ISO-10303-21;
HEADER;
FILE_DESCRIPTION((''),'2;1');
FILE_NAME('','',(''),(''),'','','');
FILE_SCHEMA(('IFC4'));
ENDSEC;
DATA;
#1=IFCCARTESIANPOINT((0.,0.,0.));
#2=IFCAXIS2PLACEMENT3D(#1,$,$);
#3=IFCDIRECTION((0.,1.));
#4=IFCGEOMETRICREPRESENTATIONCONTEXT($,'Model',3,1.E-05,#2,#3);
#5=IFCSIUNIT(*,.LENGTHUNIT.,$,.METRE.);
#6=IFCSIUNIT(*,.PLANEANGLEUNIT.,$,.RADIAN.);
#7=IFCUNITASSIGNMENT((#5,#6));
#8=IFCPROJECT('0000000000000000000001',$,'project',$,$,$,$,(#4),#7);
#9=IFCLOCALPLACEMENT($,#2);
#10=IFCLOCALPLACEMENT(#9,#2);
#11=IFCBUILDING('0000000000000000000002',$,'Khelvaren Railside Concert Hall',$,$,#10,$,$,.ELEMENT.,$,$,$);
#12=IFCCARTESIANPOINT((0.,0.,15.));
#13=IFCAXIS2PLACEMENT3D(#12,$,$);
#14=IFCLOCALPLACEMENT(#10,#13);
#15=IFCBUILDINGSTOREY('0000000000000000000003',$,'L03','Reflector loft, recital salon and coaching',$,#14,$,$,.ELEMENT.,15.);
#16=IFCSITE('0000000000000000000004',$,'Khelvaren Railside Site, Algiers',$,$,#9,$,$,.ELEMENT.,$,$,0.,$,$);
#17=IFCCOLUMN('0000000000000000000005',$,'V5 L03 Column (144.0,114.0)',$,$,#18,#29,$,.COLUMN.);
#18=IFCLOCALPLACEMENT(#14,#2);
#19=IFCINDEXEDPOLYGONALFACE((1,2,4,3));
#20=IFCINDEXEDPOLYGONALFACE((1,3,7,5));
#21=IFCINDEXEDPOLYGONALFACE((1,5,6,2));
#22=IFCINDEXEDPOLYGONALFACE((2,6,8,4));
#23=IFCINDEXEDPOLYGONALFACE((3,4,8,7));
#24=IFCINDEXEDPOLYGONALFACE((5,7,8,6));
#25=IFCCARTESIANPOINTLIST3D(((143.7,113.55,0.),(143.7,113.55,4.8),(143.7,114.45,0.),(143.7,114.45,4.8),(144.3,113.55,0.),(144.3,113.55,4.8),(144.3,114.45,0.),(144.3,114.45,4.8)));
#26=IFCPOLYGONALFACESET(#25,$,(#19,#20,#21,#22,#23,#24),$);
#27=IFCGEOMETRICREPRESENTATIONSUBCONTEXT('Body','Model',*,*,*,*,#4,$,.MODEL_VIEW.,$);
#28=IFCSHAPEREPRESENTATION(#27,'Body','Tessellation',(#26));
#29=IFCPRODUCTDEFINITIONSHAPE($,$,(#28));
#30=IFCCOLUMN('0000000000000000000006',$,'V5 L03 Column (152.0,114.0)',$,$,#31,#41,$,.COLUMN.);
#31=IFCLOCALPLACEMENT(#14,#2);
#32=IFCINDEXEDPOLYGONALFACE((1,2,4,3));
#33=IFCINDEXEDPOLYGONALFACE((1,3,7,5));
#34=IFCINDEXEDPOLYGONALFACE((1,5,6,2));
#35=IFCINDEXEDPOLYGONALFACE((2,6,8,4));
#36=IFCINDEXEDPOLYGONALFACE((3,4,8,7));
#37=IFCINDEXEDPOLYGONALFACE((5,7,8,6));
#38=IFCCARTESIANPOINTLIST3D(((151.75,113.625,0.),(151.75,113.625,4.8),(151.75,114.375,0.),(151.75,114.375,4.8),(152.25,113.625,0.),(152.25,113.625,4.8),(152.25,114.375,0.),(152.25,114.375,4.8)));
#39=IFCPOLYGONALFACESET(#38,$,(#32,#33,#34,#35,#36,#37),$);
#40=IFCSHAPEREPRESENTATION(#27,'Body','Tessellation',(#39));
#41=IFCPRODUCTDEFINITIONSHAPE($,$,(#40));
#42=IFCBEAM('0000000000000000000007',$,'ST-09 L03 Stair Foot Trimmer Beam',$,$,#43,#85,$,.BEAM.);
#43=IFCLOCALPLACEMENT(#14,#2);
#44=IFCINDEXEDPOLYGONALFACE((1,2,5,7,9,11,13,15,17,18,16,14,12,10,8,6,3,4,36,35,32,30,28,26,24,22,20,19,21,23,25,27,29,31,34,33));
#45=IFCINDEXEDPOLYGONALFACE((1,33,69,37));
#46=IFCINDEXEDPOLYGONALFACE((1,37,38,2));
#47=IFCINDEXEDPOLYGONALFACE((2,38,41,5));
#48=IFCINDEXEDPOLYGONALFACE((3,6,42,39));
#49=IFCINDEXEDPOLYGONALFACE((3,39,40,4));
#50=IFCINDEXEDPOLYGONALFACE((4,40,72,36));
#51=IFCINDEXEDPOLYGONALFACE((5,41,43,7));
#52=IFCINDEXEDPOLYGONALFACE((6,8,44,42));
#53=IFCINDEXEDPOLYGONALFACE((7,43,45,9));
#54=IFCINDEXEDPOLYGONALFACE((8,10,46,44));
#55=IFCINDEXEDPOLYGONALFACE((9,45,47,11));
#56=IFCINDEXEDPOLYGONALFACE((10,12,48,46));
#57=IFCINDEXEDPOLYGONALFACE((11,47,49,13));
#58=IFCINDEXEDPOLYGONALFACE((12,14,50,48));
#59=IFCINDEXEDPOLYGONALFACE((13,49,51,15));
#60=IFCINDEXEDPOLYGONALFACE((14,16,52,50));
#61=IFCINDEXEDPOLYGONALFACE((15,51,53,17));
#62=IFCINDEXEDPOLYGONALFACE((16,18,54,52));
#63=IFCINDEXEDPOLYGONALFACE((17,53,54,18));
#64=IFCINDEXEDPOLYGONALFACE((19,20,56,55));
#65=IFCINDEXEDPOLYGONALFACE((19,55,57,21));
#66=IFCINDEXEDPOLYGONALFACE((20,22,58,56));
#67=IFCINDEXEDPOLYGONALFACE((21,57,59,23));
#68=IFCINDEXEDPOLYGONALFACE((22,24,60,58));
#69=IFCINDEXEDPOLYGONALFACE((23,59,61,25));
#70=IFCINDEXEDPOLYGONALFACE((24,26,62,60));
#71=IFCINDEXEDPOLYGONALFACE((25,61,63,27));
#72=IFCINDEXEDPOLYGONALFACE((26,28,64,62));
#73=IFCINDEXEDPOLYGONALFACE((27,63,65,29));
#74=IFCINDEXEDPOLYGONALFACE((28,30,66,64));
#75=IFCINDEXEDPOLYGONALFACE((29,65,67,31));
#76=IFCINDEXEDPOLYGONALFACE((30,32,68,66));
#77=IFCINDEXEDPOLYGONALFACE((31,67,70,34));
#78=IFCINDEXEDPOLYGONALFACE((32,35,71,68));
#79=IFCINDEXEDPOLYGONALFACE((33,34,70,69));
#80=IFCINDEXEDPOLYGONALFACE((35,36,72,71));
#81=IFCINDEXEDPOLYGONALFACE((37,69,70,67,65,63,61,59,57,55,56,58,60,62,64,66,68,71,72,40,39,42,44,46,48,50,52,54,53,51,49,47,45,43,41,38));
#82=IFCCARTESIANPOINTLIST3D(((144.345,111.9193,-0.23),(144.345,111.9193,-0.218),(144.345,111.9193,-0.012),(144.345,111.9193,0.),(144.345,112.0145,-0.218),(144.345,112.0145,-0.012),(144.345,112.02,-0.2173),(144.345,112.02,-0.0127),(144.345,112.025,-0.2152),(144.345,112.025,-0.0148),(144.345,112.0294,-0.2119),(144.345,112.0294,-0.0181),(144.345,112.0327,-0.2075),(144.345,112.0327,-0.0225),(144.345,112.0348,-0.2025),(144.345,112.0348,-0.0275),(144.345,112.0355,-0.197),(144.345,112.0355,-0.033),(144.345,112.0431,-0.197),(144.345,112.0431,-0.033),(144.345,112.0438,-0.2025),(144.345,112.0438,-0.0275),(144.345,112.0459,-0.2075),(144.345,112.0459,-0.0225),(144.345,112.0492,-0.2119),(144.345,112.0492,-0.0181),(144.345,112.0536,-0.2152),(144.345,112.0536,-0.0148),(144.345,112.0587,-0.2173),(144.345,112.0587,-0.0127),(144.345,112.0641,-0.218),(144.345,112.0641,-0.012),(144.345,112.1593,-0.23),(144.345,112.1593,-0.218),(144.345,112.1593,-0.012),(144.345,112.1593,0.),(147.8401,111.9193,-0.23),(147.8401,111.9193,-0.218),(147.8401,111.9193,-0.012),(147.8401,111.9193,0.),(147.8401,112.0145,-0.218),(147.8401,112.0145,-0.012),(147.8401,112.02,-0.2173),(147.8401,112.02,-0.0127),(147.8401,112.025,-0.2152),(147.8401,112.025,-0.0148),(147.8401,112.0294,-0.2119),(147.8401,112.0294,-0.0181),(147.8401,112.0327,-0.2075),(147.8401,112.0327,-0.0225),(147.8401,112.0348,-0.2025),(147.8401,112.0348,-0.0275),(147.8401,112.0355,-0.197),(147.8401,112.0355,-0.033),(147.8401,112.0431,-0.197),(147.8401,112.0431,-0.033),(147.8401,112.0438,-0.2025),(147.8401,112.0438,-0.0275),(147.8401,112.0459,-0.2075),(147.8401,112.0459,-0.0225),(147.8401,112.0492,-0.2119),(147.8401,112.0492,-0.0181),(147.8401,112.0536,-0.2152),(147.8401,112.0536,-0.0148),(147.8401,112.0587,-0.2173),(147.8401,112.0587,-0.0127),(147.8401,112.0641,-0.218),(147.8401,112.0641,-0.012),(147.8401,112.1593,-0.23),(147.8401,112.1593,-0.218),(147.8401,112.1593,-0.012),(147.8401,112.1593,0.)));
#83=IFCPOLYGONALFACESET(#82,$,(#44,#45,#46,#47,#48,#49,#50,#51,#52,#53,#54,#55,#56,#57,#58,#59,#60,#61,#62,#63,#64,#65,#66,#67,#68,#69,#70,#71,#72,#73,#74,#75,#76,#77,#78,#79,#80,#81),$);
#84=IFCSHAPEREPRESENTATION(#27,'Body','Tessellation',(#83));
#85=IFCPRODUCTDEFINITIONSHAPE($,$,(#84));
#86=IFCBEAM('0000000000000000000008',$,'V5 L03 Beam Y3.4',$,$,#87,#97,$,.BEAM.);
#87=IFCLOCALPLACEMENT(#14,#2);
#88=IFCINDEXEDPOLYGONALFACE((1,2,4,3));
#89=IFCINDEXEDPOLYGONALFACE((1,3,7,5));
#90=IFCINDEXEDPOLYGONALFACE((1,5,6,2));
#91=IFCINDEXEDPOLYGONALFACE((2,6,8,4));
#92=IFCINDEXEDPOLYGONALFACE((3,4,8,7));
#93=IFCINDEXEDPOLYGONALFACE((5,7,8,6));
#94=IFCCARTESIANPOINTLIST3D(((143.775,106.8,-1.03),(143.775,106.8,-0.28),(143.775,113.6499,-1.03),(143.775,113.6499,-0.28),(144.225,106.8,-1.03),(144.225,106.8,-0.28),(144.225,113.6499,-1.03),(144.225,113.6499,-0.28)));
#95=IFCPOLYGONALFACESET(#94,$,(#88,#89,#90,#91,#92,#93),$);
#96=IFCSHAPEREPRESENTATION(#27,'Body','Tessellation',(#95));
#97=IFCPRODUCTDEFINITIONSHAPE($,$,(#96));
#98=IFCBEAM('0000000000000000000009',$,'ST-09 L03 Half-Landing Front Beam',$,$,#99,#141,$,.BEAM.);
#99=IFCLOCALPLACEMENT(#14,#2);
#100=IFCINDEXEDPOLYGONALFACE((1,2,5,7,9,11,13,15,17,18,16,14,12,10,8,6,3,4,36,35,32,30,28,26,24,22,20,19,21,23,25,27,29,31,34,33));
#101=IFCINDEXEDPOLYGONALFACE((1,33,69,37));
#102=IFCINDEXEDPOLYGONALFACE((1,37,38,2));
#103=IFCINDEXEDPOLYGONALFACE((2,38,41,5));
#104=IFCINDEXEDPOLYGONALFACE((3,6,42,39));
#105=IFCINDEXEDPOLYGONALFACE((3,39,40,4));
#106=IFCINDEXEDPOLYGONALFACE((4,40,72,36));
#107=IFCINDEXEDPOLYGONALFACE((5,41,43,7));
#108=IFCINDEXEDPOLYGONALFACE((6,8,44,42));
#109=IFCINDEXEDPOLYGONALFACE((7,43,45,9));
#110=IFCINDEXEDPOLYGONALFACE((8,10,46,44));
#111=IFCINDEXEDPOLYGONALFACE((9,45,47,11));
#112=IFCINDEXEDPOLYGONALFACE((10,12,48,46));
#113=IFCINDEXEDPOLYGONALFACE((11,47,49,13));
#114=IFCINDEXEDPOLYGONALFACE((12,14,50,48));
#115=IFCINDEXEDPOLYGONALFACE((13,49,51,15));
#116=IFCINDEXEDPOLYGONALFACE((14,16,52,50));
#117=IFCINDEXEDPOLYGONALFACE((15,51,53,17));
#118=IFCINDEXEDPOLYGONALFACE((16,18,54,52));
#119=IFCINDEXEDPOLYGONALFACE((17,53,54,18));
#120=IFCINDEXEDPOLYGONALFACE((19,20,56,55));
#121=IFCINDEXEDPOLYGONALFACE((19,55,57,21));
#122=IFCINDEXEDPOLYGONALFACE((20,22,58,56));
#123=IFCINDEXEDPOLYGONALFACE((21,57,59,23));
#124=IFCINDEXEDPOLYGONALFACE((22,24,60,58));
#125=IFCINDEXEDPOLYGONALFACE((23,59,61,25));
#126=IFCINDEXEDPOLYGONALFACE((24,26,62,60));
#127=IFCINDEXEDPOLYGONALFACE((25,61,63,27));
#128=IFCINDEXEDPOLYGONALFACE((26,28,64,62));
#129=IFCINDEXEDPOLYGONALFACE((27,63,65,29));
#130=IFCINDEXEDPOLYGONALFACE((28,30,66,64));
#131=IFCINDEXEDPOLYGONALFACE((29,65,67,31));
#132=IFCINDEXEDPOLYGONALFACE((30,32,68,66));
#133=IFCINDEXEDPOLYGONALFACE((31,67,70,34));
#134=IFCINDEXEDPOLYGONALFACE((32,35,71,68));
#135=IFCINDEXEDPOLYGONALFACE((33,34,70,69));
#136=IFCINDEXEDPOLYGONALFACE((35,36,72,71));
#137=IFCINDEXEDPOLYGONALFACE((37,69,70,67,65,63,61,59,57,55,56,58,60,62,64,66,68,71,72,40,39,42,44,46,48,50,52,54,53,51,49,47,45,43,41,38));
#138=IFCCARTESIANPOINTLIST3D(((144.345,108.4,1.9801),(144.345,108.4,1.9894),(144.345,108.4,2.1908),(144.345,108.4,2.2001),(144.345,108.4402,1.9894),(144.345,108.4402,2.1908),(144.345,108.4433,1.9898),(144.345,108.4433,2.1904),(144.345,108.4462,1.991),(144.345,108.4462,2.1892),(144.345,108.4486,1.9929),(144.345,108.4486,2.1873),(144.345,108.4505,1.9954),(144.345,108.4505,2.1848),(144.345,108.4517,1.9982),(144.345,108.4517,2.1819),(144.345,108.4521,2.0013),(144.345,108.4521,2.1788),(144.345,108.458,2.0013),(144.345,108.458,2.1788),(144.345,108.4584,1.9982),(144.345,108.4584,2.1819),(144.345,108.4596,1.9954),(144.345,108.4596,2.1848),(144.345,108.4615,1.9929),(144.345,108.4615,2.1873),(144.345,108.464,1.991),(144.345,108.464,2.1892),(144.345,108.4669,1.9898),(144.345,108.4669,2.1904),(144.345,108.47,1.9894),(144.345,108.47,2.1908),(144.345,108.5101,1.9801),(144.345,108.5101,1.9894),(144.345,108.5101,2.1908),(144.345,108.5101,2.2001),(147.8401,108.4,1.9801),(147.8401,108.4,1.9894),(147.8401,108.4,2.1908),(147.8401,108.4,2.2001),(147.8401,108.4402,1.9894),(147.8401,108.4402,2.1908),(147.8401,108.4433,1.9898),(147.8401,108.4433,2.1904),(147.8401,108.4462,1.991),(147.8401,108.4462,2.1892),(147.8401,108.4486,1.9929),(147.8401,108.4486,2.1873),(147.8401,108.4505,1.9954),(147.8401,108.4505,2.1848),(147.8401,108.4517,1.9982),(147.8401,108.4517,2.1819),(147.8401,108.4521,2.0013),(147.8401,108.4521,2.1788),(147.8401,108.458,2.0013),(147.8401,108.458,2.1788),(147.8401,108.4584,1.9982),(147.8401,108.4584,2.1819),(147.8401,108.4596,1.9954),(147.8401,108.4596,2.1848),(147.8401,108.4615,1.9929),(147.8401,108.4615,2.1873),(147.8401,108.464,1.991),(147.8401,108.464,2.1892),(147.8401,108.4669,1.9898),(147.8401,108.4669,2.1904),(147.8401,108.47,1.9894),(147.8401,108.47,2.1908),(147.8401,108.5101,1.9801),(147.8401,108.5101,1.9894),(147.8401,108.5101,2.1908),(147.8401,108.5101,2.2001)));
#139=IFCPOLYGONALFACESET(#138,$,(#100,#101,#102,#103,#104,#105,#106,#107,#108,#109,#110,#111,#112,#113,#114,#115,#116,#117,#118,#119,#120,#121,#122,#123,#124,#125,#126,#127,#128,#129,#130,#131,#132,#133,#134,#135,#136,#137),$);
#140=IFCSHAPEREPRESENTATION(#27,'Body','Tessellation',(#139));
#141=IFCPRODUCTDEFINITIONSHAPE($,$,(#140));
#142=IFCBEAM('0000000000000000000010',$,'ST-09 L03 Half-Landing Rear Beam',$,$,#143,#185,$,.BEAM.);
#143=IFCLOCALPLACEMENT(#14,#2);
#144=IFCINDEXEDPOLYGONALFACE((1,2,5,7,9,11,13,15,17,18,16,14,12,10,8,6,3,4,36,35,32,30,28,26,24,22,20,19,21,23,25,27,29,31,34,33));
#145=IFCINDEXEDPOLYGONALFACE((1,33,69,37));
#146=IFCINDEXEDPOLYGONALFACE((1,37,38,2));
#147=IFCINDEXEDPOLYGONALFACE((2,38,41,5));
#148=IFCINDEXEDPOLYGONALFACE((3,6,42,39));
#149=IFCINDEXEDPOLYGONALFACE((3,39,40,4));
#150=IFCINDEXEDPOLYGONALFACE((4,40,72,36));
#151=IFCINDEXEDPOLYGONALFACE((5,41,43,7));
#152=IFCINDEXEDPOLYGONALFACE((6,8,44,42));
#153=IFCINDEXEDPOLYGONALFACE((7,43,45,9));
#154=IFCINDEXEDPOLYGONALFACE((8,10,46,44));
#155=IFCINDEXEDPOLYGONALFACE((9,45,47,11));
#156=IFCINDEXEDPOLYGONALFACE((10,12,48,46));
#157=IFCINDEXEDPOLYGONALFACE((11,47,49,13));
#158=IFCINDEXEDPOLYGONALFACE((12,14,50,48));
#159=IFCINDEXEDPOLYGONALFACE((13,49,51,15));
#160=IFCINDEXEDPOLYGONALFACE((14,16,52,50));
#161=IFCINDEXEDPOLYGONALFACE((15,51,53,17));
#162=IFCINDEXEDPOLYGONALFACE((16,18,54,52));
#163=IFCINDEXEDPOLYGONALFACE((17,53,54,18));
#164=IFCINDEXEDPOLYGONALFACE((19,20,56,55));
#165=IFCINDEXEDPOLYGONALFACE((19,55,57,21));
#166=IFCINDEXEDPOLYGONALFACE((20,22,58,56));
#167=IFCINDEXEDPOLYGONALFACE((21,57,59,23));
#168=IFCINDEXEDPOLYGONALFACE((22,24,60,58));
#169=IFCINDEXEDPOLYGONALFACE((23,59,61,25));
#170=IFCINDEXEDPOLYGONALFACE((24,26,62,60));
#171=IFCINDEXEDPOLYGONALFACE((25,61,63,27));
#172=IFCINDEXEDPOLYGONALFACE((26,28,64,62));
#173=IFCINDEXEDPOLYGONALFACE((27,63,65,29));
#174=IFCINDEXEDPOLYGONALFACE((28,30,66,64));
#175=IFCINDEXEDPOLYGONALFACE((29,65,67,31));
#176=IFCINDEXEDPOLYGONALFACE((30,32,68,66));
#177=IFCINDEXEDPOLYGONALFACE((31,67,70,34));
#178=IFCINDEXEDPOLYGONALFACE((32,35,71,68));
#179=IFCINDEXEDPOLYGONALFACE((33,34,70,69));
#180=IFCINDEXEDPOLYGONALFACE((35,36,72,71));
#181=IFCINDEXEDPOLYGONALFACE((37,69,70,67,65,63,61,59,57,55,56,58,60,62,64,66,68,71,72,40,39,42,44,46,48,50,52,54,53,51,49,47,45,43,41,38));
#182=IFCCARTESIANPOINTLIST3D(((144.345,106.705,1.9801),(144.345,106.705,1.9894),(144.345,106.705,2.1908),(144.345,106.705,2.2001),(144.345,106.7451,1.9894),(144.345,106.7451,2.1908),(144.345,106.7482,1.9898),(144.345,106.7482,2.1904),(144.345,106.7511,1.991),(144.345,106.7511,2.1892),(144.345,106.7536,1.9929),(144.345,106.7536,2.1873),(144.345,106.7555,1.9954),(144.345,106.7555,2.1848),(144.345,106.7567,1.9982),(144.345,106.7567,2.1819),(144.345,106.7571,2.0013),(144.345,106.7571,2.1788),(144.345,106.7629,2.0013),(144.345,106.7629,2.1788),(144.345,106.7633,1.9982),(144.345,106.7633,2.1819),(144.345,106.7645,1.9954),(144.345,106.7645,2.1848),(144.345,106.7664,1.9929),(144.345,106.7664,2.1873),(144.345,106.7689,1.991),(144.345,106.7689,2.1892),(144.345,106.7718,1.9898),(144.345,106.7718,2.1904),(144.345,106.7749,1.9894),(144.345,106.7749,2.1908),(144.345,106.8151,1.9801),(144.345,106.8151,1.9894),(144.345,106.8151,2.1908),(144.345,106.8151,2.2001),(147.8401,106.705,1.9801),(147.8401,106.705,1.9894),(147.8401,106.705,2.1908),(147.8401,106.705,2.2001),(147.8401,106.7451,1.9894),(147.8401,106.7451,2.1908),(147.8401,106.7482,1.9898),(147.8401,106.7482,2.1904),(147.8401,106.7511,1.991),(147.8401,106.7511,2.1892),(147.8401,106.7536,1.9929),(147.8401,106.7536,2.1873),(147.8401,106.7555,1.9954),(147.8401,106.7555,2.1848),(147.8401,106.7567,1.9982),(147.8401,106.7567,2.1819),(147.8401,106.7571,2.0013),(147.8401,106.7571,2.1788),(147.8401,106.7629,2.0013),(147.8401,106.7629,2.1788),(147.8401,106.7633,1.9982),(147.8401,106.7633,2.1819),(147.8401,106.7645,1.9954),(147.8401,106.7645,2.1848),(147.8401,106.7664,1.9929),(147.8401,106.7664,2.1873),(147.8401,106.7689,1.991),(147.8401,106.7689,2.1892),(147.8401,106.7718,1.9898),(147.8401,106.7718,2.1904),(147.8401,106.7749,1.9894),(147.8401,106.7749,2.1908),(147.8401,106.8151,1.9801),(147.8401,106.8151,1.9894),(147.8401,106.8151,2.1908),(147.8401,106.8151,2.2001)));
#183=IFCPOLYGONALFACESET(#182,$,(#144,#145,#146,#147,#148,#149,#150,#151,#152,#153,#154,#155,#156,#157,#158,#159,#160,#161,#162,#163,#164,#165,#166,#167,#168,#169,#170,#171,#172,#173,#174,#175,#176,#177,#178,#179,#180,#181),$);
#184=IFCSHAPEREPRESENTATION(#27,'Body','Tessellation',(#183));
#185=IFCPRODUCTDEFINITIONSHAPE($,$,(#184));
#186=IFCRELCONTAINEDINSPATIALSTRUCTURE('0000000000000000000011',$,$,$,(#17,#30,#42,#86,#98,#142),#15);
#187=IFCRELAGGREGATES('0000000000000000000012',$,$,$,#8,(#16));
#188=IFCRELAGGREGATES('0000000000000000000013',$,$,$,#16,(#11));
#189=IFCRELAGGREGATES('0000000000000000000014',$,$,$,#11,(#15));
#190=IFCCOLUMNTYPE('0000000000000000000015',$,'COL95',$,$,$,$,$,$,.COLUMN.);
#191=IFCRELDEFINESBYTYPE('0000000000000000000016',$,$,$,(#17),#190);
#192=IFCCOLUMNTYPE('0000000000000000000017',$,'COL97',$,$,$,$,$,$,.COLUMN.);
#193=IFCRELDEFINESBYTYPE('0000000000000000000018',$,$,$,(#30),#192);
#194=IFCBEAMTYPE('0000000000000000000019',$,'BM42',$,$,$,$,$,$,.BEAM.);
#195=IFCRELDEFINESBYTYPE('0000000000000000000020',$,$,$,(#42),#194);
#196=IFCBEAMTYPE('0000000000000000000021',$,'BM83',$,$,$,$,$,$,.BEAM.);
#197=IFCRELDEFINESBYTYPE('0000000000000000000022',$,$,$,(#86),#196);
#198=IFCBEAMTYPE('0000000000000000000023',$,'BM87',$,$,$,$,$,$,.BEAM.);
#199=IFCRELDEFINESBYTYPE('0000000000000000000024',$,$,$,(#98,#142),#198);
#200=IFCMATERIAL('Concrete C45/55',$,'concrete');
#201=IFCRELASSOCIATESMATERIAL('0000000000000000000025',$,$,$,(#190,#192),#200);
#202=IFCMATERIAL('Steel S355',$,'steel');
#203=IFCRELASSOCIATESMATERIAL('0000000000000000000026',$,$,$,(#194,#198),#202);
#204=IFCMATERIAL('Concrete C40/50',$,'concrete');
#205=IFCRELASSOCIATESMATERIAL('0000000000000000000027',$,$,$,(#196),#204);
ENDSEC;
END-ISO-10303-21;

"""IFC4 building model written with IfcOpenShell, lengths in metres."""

from ifc_helpers import new_model, si_unit, direction, frame, origin, origin_2d, place, context, subcontext, project, spatial, rectangle, i_section, extrude, material, material_profile, profile_set, type_object, element, save


model = new_model("IFC4")

# Units and contexts
model_context = context("Model", 3, precision=1e-05, world=origin(), true_north=direction((0.0, 1.0)))
body_context = subcontext(model_context, "Body", "Model", "MODEL_VIEW")
ifc_project = project(units=[si_unit("LENGTHUNIT", "METRE"), si_unit("PLANEANGLEUNIT", "RADIAN")], contexts=[model_context])

# Site, building, storey
site_placement = place(None, origin())
site = spatial("IfcSite", under=ifc_project, at=site_placement, Name="Khelvaren Railside Site, Algiers", CompositionType="ELEMENT", RefElevation=0.0)
building_placement = place(site_placement, origin())
building = spatial("IfcBuilding", under=site, at=building_placement, Name="Khelvaren Railside Concert Hall", CompositionType="ELEMENT")
storey_placement = place(building_placement, frame((0.0, 0.0, 15.0)))
storey = spatial("IfcBuildingStorey", under=building, at=storey_placement, Name="L03", Description="Reflector loft, recital salon and coaching", CompositionType="ELEMENT", Elevation=15.0)

# Columns
ifc_material_1 = material(Name="Concrete C45/55", Category="concrete")
ifc_material_profile_1 = material_profile(ifc_material_1, rectangle(XDim=0.6001, YDim=0.8999, at=origin_2d()), Name="RC 600x900")
ifc_profile_set_1 = profile_set([ifc_material_profile_1], Name="Concrete C45/55")
column_type_1 = type_object("IfcColumnType", Name="COL95", PredefinedType="COLUMN", material=ifc_profile_set_1)
column_1_placement = place(storey_placement, frame((144.0, 114.0, 0.0), z_axis=(0.0, 0.0, 1.0), x_axis=(1.0, 0.0, 0.0)))
element("IfcColumn", 1, at=column_1_placement, inside=storey, type_object=column_type_1, Name="V5 L03 Column (144.0,114.0)", PredefinedType="COLUMN", context=body_context, shape_type="SweptSolid", body=[
    extrude(rectangle(XDim=0.6001, YDim=0.8999, at=origin_2d()), origin(), (0.0, 0.0, 1.0), 4.8),
])
ifc_material_profile_2 = material_profile(ifc_material_1, rectangle(XDim=0.5, YDim=0.75, at=origin_2d()), Name="RC 500x750")
ifc_profile_set_2 = profile_set([ifc_material_profile_2], Name="Concrete C45/55")
column_type_2 = type_object("IfcColumnType", Name="COL97", PredefinedType="COLUMN", material=ifc_profile_set_2)
column_2_placement = place(storey_placement, frame((152.0, 114.0, 0.0), z_axis=(0.0, 0.0, 1.0), x_axis=(1.0, 0.0, 0.0)))
element("IfcColumn", 2, at=column_2_placement, inside=storey, type_object=column_type_2, Name="V5 L03 Column (152.0,114.0)", PredefinedType="COLUMN", context=body_context, shape_type="SweptSolid", body=[
    extrude(rectangle(XDim=0.5, YDim=0.75, at=origin_2d()), origin(), (0.0, 0.0, 1.0), 4.8),
])

# Beams
ifc_material_2 = material(Name="Steel S355", Category="steel")
ifc_material_profile_3 = material_profile(ifc_material_2, i_section(OverallWidth=0.24, OverallDepth=0.23, WebThickness=0.0076, FlangeThickness=0.012, FilletRadius=0.021, at=origin_2d()), Name="HEA 240")
ifc_profile_set_3 = profile_set([ifc_material_profile_3], Name="Steel S355")
beam_type_1 = type_object("IfcBeamType", Name="BM42", PredefinedType="BEAM", material=ifc_profile_set_3)
beam_1_placement = place(storey_placement, frame((144.345, 112.0393, -0.115), z_axis=(1.0, 0.0, 0.0), x_axis=(0.0, 1.0, 0.0)))
element("IfcBeam", 3, at=beam_1_placement, inside=storey, type_object=beam_type_1, Name="ST-09 L03 Stair Foot Trimmer Beam", PredefinedType="BEAM", context=body_context, shape_type="SweptSolid", body=[
    extrude(i_section(OverallWidth=0.24, OverallDepth=0.23, WebThickness=0.0076, FlangeThickness=0.012, FilletRadius=0.021, at=origin_2d()), origin(), (0.0, 0.0, 1.0), 3.4951),
])
ifc_material_3 = material(Name="Concrete C40/50", Category="concrete")
ifc_material_profile_4 = material_profile(ifc_material_3, rectangle(XDim=0.45, YDim=0.75, at=origin_2d()), Name="RCB 450x750")
ifc_profile_set_4 = profile_set([ifc_material_profile_4], Name="Concrete C40/50")
beam_type_2 = type_object("IfcBeamType", Name="BM83", PredefinedType="BEAM", material=ifc_profile_set_4)
beam_2_placement = place(storey_placement, frame((144.0, 106.8, -0.655), z_axis=(0.0, 1.0, 0.0), x_axis=(-1.0, 0.0, 0.0)))
element("IfcBeam", 4, at=beam_2_placement, inside=storey, type_object=beam_type_2, Name="V5 L03 Beam Y3.4", PredefinedType="BEAM", context=body_context, shape_type="SweptSolid", body=[
    extrude(rectangle(XDim=0.45, YDim=0.75, at=origin_2d()), origin(), (0.0, 0.0, 1.0), 6.8499),
])
ifc_material_profile_5 = material_profile(ifc_material_2, i_section(OverallWidth=0.1101, OverallDepth=0.22, WebThickness=0.0059, FlangeThickness=0.0093, FilletRadius=0.012, at=origin_2d()), Name="IPE 220")
ifc_profile_set_5 = profile_set([ifc_material_profile_5], Name="Steel S355")
beam_type_3 = type_object("IfcBeamType", Name="BM87", PredefinedType="BEAM", material=ifc_profile_set_5)
for number, where, z_axis, x_axis, name in (
    (5, (144.345, 108.4551, 2.0901), (1.0, 0.0, 0.0), (0.0, 1.0, 0.0), "ST-09 L03 Half-Landing Front Beam"),
    (6, (144.345, 106.76, 2.0901), (1.0, 0.0, 0.0), (0.0, 1.0, 0.0), "ST-09 L03 Half-Landing Rear Beam"),
):
    element("IfcBeam", number, at=place(storey_placement, frame(where, z_axis=z_axis, x_axis=x_axis)), inside=storey, type_object=beam_type_3, Name=name, PredefinedType="BEAM", context=body_context, shape_type="SweptSolid", body=[
        extrude(i_section(OverallWidth=0.1101, OverallDepth=0.22, WebThickness=0.0059, FlangeThickness=0.0093, FilletRadius=0.012, at=origin_2d()), origin(), (0.0, 0.0, 1.0), 3.4951),
    ])

save(model, "model.ifc")
